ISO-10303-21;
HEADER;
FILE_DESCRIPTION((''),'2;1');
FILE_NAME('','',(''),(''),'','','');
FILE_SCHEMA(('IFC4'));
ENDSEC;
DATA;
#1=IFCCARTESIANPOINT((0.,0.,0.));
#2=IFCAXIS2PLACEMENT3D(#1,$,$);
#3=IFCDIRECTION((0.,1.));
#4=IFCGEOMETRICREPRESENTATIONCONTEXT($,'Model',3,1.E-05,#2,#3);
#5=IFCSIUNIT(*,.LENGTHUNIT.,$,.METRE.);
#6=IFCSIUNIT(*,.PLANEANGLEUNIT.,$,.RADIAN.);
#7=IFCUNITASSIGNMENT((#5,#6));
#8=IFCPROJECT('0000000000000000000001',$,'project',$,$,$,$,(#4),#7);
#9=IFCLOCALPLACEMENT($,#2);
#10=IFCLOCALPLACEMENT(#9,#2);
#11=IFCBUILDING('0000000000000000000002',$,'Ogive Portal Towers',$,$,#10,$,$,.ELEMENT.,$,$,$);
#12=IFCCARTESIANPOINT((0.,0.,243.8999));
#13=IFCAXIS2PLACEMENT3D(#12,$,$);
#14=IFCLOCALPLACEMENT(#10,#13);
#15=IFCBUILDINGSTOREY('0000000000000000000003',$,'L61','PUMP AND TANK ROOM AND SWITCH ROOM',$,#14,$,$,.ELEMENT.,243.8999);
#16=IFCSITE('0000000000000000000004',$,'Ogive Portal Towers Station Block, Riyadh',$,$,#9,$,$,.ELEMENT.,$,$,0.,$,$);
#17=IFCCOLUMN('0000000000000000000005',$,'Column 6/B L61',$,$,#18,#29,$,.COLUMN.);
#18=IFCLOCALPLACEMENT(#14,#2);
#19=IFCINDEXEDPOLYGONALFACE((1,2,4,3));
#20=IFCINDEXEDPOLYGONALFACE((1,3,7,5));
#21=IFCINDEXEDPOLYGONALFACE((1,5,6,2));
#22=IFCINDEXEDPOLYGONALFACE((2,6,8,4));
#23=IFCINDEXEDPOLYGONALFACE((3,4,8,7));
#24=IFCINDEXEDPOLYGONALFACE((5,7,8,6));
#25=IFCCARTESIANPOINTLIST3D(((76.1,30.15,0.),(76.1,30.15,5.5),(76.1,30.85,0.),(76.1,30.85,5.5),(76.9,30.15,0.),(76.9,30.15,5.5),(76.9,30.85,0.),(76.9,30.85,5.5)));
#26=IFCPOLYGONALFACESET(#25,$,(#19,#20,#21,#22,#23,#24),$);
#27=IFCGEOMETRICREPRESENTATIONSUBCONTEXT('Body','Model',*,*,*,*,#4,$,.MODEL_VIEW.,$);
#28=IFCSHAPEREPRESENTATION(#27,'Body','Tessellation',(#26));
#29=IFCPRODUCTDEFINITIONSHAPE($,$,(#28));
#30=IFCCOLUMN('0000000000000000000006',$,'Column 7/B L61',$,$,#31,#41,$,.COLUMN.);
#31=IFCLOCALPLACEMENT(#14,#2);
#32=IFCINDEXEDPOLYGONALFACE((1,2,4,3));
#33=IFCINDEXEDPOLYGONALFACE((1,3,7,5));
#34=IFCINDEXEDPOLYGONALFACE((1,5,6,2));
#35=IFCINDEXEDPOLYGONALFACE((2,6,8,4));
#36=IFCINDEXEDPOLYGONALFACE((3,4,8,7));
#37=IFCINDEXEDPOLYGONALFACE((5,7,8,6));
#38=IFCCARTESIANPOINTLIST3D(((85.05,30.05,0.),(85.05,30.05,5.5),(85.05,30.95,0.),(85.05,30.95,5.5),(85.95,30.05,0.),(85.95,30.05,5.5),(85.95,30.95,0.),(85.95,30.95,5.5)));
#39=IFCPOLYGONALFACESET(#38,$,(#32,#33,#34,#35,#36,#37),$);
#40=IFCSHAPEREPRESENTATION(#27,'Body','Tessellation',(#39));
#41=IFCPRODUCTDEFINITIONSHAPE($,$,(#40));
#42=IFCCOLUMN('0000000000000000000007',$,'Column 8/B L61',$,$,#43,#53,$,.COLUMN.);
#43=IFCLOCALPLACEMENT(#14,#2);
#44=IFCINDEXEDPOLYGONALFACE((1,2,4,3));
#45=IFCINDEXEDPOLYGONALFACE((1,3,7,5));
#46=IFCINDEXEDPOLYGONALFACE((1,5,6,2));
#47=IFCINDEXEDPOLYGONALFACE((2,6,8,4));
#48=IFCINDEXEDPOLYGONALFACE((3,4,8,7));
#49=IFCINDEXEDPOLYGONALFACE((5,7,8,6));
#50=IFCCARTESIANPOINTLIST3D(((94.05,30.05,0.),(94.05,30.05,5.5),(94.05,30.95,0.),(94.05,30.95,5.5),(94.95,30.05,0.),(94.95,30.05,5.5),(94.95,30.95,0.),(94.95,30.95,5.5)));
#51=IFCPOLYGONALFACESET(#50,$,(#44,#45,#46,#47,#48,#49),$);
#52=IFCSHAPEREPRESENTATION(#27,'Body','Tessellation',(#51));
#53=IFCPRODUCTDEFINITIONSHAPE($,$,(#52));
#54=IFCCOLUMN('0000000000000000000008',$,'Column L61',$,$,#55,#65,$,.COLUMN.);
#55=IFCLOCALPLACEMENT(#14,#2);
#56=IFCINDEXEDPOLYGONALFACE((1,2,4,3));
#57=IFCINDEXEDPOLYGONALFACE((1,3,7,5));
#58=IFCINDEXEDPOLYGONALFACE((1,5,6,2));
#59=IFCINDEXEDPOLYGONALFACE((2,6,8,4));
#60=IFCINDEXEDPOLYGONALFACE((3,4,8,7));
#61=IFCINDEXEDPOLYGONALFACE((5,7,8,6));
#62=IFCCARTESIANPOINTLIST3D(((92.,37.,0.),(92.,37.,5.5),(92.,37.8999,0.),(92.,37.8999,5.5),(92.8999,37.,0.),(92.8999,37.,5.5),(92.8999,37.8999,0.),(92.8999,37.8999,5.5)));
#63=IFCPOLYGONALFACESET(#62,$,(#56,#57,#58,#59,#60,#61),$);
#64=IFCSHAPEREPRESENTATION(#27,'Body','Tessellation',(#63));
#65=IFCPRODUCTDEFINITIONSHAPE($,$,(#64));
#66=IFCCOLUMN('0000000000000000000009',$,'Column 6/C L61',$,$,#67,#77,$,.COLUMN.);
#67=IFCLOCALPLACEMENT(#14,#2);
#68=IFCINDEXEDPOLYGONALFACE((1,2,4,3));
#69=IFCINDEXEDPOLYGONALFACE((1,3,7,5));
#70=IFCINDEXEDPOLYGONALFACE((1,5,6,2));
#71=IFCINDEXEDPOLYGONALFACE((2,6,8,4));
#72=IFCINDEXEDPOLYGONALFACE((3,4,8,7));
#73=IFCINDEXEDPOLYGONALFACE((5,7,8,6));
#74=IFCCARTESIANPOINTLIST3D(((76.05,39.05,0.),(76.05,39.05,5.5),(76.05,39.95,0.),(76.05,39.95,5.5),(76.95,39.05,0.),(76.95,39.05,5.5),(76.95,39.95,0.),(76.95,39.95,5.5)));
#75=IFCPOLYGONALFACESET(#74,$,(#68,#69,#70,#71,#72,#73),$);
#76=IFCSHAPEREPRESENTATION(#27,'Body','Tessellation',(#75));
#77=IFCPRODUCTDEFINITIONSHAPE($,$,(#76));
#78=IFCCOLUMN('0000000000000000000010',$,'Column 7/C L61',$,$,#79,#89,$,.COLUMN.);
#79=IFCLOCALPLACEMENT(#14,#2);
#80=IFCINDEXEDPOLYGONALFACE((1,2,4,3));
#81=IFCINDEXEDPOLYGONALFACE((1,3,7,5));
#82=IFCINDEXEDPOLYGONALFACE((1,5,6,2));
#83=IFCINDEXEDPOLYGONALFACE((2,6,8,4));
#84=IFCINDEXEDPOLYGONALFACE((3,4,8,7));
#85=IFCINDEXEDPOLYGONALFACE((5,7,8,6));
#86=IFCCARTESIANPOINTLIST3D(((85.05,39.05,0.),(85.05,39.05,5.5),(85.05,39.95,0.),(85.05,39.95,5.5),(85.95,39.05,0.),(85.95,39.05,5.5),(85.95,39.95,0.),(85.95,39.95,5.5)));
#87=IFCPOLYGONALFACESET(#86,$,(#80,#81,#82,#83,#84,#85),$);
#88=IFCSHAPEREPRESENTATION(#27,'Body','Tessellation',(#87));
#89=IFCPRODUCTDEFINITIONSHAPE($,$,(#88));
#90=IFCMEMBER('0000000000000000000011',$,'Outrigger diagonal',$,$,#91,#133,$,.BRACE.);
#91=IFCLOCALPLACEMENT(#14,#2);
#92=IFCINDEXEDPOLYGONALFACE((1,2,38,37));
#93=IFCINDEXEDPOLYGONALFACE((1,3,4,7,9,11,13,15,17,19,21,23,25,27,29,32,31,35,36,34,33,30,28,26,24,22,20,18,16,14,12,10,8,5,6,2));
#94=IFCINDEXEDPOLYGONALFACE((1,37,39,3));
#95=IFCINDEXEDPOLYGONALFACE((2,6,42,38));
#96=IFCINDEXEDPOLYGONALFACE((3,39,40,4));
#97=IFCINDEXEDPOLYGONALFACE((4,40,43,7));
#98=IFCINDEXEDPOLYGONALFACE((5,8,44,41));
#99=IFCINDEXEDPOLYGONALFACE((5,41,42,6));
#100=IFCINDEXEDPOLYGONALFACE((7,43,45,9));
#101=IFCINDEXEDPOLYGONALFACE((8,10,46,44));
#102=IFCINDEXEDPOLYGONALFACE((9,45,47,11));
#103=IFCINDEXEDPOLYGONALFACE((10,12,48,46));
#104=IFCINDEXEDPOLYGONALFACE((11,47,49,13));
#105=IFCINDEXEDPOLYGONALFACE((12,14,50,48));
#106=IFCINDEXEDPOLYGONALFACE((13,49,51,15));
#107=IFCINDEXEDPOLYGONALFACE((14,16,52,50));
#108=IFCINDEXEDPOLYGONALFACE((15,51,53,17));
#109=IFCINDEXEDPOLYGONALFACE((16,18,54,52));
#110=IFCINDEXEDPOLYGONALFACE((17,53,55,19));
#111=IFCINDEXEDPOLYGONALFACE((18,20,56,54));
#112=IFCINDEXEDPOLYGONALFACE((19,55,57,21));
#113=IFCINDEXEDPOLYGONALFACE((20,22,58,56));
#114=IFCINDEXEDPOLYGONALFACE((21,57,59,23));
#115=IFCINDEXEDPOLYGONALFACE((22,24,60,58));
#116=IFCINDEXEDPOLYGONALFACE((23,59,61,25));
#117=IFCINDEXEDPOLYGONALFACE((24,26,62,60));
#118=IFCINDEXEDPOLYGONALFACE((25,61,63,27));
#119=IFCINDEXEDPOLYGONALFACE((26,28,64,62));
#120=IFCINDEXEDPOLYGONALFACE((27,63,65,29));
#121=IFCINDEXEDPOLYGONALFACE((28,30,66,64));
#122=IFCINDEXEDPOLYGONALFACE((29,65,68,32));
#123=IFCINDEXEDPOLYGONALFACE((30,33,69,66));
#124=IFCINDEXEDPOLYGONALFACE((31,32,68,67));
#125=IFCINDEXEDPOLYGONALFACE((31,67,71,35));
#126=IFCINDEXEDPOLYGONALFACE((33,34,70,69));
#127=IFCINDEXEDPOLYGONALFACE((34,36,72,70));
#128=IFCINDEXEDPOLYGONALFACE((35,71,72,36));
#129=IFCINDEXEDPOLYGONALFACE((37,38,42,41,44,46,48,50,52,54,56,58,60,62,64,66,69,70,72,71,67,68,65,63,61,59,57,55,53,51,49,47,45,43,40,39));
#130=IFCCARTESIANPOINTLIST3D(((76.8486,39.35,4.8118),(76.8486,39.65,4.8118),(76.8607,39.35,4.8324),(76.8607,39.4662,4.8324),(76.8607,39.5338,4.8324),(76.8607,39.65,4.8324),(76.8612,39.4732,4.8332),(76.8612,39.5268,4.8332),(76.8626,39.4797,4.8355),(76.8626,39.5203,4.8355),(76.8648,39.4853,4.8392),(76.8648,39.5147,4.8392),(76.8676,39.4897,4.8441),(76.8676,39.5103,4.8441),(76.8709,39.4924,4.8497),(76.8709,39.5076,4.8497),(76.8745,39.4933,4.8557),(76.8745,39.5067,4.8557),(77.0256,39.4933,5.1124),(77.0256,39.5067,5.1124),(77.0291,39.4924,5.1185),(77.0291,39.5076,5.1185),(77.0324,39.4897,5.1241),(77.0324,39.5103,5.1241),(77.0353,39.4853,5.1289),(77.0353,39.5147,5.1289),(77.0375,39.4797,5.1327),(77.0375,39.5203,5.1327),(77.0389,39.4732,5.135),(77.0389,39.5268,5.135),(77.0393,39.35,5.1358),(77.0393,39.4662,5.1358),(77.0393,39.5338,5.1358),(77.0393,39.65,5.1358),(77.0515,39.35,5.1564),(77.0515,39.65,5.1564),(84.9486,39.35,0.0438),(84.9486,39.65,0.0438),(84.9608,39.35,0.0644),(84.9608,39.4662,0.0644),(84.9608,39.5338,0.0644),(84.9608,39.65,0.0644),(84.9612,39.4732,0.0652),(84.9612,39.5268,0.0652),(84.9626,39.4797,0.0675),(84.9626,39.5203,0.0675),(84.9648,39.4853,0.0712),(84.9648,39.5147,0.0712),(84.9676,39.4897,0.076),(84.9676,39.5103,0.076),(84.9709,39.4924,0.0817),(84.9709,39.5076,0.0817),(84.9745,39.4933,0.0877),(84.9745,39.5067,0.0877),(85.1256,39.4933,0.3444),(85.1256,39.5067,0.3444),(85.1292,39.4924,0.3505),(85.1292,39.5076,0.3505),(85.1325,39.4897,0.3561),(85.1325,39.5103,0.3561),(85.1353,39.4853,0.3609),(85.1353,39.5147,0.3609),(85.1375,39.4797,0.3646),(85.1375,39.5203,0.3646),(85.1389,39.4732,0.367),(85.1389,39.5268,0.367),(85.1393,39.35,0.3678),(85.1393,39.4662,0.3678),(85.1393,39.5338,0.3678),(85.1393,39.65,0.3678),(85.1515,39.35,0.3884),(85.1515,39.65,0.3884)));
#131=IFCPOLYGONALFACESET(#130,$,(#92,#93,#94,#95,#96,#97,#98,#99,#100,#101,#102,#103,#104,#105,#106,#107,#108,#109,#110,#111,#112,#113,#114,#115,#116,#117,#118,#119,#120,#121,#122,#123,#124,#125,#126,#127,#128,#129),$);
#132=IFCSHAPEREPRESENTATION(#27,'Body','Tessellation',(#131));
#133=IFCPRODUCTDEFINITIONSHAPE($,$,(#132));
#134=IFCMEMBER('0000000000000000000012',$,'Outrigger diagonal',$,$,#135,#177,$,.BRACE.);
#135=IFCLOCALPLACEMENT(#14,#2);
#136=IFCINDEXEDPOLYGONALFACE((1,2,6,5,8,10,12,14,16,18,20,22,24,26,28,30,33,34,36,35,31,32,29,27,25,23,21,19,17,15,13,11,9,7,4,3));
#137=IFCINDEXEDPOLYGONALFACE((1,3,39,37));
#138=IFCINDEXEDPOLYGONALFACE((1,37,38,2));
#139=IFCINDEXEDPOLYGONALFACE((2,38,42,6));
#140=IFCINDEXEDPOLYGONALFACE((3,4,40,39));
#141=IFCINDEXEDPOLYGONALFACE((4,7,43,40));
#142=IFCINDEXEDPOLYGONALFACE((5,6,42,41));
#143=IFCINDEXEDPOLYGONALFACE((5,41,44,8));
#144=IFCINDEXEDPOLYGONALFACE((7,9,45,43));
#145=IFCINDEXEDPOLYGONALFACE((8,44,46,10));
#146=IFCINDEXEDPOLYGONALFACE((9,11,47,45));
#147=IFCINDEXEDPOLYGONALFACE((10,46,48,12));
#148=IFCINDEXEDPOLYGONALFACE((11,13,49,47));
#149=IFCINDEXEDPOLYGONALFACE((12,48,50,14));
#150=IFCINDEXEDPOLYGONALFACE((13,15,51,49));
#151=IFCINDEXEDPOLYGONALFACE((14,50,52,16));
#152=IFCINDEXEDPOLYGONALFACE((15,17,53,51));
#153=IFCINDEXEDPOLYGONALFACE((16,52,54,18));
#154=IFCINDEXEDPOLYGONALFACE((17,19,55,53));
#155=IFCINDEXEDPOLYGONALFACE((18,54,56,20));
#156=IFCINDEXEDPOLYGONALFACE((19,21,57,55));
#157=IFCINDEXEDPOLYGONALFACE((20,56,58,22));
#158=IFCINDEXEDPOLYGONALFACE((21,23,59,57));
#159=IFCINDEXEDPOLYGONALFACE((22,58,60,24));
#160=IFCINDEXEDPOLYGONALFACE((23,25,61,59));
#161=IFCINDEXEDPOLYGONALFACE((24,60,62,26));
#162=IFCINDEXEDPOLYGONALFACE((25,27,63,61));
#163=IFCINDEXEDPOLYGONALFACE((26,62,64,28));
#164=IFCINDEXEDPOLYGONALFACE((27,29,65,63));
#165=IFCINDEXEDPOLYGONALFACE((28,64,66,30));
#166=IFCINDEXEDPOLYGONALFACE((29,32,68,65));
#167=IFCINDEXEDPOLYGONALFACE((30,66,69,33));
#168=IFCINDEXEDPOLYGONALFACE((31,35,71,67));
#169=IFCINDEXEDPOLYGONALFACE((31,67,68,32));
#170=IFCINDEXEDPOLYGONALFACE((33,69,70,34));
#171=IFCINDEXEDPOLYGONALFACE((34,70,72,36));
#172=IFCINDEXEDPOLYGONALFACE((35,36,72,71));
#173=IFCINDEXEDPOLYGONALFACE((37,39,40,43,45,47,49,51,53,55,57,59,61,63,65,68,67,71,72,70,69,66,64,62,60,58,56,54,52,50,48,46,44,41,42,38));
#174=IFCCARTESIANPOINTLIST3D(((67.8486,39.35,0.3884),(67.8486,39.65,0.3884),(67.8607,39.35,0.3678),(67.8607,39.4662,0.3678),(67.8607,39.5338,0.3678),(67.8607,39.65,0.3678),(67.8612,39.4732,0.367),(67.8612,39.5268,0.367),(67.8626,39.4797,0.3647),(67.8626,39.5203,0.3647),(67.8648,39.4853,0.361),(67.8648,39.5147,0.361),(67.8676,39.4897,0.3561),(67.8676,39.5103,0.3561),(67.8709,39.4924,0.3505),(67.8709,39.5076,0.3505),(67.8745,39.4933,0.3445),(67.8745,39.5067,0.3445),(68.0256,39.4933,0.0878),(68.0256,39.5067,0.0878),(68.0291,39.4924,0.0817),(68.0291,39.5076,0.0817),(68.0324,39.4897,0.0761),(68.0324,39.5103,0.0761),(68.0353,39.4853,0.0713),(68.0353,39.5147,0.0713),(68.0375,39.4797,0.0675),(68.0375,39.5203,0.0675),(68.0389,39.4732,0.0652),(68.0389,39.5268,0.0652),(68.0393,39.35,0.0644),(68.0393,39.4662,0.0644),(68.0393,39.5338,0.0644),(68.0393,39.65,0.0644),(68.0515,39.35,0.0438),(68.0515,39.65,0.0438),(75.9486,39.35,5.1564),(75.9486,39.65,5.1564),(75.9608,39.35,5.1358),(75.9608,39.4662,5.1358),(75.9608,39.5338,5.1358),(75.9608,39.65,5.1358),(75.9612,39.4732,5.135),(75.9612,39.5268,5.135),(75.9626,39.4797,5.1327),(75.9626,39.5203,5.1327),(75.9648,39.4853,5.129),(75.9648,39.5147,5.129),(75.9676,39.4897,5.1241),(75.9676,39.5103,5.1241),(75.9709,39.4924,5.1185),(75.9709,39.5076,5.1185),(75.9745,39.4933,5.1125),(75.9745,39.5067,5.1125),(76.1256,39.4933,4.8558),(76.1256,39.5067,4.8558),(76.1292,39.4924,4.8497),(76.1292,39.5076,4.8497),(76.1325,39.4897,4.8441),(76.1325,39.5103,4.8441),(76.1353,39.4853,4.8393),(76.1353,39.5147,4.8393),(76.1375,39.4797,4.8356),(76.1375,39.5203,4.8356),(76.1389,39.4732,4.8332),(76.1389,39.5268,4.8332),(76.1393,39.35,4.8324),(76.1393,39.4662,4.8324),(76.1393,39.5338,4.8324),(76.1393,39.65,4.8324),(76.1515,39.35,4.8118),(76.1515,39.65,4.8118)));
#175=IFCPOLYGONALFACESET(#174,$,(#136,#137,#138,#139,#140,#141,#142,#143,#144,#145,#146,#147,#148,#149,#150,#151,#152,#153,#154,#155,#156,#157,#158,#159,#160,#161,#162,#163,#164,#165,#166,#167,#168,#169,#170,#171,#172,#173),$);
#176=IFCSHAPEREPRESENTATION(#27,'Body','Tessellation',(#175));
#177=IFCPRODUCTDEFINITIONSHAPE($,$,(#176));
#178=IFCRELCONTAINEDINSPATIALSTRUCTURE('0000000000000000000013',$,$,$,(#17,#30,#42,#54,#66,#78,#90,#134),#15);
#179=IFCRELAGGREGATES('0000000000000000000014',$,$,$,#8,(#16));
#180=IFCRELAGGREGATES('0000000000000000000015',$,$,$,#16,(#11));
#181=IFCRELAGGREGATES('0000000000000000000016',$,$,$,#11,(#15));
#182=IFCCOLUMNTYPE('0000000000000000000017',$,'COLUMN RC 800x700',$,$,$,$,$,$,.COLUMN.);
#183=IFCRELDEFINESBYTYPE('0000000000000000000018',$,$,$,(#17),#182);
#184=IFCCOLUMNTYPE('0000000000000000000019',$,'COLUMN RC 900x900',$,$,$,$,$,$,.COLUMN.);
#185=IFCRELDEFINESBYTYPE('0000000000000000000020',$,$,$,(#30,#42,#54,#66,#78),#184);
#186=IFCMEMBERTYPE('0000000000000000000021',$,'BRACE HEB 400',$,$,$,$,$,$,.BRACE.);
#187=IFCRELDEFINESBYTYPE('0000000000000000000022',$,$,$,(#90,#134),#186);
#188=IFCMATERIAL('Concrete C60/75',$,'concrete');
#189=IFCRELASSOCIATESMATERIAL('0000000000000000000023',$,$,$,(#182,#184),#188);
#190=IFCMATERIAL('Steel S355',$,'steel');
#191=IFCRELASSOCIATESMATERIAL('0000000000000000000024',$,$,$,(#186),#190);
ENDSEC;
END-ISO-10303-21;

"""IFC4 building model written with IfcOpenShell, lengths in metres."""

from ifc_helpers import new_model, si_unit, direction, frame, origin, origin_2d, place, context, subcontext, project, spatial, rectangle, i_section, extrude, material, material_profile, profile_set, type_object, element, save


model = new_model("IFC4")

# Units and contexts
model_context = context("Model", 3, precision=1e-05, world=origin(), true_north=direction((0.0, 1.0)))
body_context = subcontext(model_context, "Body", "Model", "MODEL_VIEW")
ifc_project = project(units=[si_unit("LENGTHUNIT", "METRE"), si_unit("PLANEANGLEUNIT", "RADIAN")], contexts=[model_context])

# Site, building, storey
site_placement = place(None, origin())
site = spatial("IfcSite", under=ifc_project, at=site_placement, Name="Ogive Portal Towers Station Block, Riyadh", CompositionType="ELEMENT", RefElevation=0.0)
building_placement = place(site_placement, origin())
building = spatial("IfcBuilding", under=site, at=building_placement, Name="Ogive Portal Towers", CompositionType="ELEMENT")
storey_placement = place(building_placement, frame((0.0, 0.0, 243.8999)))
storey = spatial("IfcBuildingStorey", under=building, at=storey_placement, Name="L61", Description="PUMP AND TANK ROOM AND SWITCH ROOM", CompositionType="ELEMENT", Elevation=243.8999)

# Columns
ifc_material_1 = material(Name="Concrete C60/75", Category="concrete")
ifc_material_profile_1 = material_profile(ifc_material_1, rectangle(XDim=0.8, YDim=0.7, at=origin_2d()), Name="RC 800x700")
ifc_profile_set_1 = profile_set([ifc_material_profile_1], Name="Concrete C60/75")
column_type_1 = type_object("IfcColumnType", Name="COLUMN RC 800x700", PredefinedType="COLUMN", material=ifc_profile_set_1)
column_placement = place(storey_placement, frame((76.5, 30.5, 0.0), z_axis=(0.0, 0.0, 1.0), x_axis=(1.0, 0.0, 0.0)))
element("IfcColumn", 1, at=column_placement, inside=storey, type_object=column_type_1, Name="Column 6/B L61", PredefinedType="COLUMN", context=body_context, shape_type="SweptSolid", body=[
    extrude(rectangle(XDim=0.8, YDim=0.7, at=origin_2d()), origin(), (0.0, 0.0, 1.0), 5.5),
])
ifc_material_profile_2 = material_profile(ifc_material_1, rectangle(XDim=0.8999, YDim=0.8999, at=origin_2d()), Name="RC 900x900")
ifc_profile_set_2 = profile_set([ifc_material_profile_2], Name="Concrete C60/75")
column_type_2 = type_object("IfcColumnType", Name="COLUMN RC 900x900", PredefinedType="COLUMN", material=ifc_profile_set_2)
for number, where, z_axis, x_axis, name in (
    (2, (85.5, 30.5, 0.0), (0.0, 0.0, 1.0), (1.0, 0.0, 0.0), "Column 7/B L61"),
    (3, (94.5, 30.5, 0.0), (0.0, 0.0, 1.0), (1.0, 0.0, 0.0), "Column 8/B L61"),
    (4, (92.45, 37.45, 0.0), (0.0, 0.0, 1.0), (1.0, 0.0, 0.0), "Column L61"),
    (5, (76.5, 39.5, 0.0), (0.0, 0.0, 1.0), (1.0, 0.0, 0.0), "Column 6/C L61"),
    (6, (85.5, 39.5, 0.0), (0.0, 0.0, 1.0), (1.0, 0.0, 0.0), "Column 7/C L61"),
):
    element("IfcColumn", number, at=place(storey_placement, frame(where, z_axis=z_axis, x_axis=x_axis)), inside=storey, type_object=column_type_2, Name=name, PredefinedType="COLUMN", context=body_context, shape_type="SweptSolid", body=[
        extrude(rectangle(XDim=0.8999, YDim=0.8999, at=origin_2d()), origin(), (0.0, 0.0, 1.0), 5.5),
    ])

# Members
ifc_material_2 = material(Name="Steel S355", Category="steel")
ifc_material_profile_3 = material_profile(ifc_material_2, i_section(OverallWidth=0.3, OverallDepth=0.3999, WebThickness=0.0134, FlangeThickness=0.0239, FilletRadius=0.0271, at=origin_2d()), Name="HEB 400")
ifc_profile_set_3 = profile_set([ifc_material_profile_3], Name="Steel S355")
member_type_1 = type_object("IfcMemberType", Name="BRACE HEB 400", PredefinedType="BRACE", material=ifc_profile_set_3)
for number, where, z_axis, x_axis, name in (
    (7, (85.05, 39.5, 0.2161), (-0.861781, 0.0, 0.507281), (0.0, -1.0, 0.0), "Outrigger diagonal"),
    (8, (76.05, 39.5, 4.9841), (-0.861781, 0.0, -0.507281), (0.0, -1.0, 0.0), "Outrigger diagonal"),
):
    element("IfcMember", number, at=place(storey_placement, frame(where, z_axis=z_axis, x_axis=x_axis)), inside=storey, type_object=member_type_1, Name=name, PredefinedType="BRACE", context=body_context, shape_type="SweptSolid", body=[
        extrude(i_section(OverallWidth=0.3, OverallDepth=0.3999, WebThickness=0.0134, FlangeThickness=0.0239, FilletRadius=0.0271, at=origin_2d()), origin(), (0.0, 0.0, 1.0), 9.3992),
    ])

save(model, "model.ifc")
